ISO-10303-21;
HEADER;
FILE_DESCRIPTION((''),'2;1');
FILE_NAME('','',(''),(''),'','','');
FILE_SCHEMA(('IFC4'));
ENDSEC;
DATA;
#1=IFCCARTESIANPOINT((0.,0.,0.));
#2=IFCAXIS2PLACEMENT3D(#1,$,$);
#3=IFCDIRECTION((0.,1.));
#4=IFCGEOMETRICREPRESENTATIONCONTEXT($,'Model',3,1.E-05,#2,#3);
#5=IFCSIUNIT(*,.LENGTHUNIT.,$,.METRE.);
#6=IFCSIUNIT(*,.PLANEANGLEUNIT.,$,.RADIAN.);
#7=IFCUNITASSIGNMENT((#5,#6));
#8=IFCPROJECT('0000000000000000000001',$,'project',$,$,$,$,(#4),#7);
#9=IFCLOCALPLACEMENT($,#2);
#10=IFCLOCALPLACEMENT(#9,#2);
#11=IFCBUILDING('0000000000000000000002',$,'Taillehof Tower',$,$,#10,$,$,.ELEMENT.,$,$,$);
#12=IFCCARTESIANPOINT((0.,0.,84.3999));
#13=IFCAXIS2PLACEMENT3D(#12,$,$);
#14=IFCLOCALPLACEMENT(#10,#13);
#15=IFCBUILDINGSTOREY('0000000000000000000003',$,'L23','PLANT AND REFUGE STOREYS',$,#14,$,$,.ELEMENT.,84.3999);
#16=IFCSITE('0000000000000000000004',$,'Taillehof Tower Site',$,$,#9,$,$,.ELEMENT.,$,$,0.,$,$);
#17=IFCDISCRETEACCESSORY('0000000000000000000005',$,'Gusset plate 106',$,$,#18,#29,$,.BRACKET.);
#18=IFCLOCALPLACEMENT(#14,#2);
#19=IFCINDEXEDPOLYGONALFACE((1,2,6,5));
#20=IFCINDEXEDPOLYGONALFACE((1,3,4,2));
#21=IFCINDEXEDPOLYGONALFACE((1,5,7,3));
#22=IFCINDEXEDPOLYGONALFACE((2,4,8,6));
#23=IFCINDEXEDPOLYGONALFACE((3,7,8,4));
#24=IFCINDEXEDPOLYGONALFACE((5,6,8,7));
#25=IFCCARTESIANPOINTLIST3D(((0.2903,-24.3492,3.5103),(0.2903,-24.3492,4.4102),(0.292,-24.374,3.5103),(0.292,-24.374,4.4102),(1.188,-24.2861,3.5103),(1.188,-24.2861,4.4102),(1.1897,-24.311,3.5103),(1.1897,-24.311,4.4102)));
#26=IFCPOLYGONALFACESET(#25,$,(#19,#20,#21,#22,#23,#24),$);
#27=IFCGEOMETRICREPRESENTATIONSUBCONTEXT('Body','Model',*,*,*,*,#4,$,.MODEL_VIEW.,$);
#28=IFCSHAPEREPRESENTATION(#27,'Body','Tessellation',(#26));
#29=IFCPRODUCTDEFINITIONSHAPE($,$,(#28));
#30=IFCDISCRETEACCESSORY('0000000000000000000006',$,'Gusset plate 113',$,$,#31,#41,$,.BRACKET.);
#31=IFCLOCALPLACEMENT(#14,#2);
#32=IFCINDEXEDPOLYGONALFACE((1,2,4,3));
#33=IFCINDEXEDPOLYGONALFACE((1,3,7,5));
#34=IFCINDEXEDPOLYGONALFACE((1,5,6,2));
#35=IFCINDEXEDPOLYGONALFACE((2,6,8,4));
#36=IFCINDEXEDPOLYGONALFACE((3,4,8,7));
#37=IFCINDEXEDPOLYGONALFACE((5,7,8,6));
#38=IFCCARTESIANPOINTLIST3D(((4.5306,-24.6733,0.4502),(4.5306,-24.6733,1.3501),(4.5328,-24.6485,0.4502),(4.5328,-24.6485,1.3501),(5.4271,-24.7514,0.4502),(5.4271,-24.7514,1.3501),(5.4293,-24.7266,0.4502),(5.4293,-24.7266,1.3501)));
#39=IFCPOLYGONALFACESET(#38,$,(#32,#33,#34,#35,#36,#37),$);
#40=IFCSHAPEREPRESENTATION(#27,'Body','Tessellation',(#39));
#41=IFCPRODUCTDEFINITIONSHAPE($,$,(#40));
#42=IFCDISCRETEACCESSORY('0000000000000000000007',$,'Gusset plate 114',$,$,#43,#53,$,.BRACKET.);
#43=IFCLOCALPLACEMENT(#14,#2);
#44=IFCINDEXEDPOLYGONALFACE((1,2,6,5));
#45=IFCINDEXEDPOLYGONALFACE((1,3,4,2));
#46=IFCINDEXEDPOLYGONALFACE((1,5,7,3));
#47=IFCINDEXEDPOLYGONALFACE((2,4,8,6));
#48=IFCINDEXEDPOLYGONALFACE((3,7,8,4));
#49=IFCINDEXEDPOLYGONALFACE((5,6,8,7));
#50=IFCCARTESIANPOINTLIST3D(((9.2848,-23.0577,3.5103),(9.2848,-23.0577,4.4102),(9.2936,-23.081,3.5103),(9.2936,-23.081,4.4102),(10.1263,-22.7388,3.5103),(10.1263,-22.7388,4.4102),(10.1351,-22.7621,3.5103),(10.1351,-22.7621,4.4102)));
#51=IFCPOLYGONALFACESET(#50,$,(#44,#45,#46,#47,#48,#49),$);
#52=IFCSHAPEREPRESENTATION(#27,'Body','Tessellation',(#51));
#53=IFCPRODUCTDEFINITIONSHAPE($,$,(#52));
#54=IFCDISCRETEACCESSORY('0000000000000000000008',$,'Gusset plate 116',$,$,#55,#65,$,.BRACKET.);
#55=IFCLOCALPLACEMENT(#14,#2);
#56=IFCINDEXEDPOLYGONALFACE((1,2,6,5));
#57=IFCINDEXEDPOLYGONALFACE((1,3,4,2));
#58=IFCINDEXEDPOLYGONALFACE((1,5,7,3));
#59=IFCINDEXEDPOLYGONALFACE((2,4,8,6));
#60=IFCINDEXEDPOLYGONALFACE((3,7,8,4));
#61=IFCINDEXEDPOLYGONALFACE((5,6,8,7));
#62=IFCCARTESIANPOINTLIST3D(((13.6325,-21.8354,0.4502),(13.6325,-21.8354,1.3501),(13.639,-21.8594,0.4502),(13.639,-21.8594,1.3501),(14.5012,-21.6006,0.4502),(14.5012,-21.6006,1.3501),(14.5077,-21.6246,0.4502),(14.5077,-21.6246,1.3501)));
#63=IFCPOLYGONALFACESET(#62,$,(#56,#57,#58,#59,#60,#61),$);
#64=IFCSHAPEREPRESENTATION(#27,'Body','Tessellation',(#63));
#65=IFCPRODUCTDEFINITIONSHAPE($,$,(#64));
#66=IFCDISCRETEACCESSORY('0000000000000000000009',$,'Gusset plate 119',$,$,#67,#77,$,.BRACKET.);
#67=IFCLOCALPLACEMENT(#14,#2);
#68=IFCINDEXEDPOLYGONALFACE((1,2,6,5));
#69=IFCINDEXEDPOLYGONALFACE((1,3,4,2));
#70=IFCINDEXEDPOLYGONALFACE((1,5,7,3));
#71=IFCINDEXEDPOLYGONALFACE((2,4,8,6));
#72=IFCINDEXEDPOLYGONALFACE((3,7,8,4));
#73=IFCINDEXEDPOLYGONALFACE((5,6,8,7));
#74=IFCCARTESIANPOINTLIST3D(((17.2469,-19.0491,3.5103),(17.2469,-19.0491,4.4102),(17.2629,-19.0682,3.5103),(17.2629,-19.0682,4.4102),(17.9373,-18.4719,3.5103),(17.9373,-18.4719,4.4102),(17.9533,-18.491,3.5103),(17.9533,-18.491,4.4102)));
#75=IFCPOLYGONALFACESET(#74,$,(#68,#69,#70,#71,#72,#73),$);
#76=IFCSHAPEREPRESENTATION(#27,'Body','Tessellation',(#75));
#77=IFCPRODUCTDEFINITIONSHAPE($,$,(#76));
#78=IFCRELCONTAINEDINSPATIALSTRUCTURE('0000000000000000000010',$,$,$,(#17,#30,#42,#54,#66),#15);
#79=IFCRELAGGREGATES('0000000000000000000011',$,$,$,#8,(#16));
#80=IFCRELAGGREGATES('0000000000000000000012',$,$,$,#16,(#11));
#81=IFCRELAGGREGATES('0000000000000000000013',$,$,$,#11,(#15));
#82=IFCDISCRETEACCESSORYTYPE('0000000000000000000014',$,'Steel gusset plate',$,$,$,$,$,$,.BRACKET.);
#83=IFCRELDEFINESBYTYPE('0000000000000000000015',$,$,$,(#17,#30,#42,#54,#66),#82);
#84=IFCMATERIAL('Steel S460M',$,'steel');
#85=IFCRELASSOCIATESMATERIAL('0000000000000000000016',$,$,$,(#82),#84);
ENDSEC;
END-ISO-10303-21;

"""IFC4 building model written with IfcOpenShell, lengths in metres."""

from ifc_helpers import new_model, si_unit, direction, frame, origin, origin_2d, place, context, subcontext, project, spatial, rectangle, extrude, material, type_object, element, save


model = new_model("IFC4")

# Units and contexts
model_context = context("Model", 3, precision=1e-05, world=origin(), true_north=direction((0.0, 1.0)))
body_context = subcontext(model_context, "Body", "Model", "MODEL_VIEW")
ifc_project = project(units=[si_unit("LENGTHUNIT", "METRE"), si_unit("PLANEANGLEUNIT", "RADIAN")], contexts=[model_context])

# Site, building, storey
site_placement = place(None, origin())
site = spatial("IfcSite", under=ifc_project, at=site_placement, Name="Taillehof Tower Site", CompositionType="ELEMENT", RefElevation=0.0)
building_placement = place(site_placement, origin())
building = spatial("IfcBuilding", under=site, at=building_placement, Name="Taillehof Tower", CompositionType="ELEMENT")
storey_placement = place(building_placement, frame((0.0, 0.0, 84.3999)))
storey = spatial("IfcBuildingStorey", under=building, at=storey_placement, Name="L23", Description="PLANT AND REFUGE STOREYS", CompositionType="ELEMENT", Elevation=84.3999)

# Discrete accessories
ifc_material_1 = material(Name="Steel S460M", Category="steel")
discrete_accessory_type_1 = type_object("IfcDiscreteAccessoryType", Name="Steel gusset plate", PredefinedType="BRACKET", material=ifc_material_1)
for number, where, z_axis, x_axis, name in (
    (1, (0.74, -24.3301, 3.5103), (0.0, 0.0, 1.0), (0.997541, 0.070089, 0.0), "Gusset plate 106"),
    (2, (4.98, -24.7, 0.4502), (0.0, 0.0, 1.0), (0.996219, -0.086874, 0.0), "Gusset plate 113"),
    (3, (9.71, -22.9099, 3.5103), (0.0, 0.0, 1.0), (0.935126, 0.354316, 0.0), "Gusset plate 114"),
    (4, (14.0701, -21.73, 0.4502), (0.0, 0.0, 1.0), (0.96536, 0.260921, 0.0), "Gusset plate 116"),
    (5, (17.6001, -18.77, 3.5103), (0.0, 0.0, 1.0), (0.767182, 0.64143, 0.0), "Gusset plate 119"),
):
    element("IfcDiscreteAccessory", number, at=place(storey_placement, frame(where, z_axis=z_axis, x_axis=x_axis)), inside=storey, type_object=discrete_accessory_type_1, Name=name, PredefinedType="BRACKET", context=body_context, shape_type="SweptSolid", body=[
        extrude(rectangle(XDim=0.8999, YDim=0.0249, at=origin_2d()), origin(), (0.0, 0.0, 1.0), 0.8999),
    ])

save(model, "model.ifc")
